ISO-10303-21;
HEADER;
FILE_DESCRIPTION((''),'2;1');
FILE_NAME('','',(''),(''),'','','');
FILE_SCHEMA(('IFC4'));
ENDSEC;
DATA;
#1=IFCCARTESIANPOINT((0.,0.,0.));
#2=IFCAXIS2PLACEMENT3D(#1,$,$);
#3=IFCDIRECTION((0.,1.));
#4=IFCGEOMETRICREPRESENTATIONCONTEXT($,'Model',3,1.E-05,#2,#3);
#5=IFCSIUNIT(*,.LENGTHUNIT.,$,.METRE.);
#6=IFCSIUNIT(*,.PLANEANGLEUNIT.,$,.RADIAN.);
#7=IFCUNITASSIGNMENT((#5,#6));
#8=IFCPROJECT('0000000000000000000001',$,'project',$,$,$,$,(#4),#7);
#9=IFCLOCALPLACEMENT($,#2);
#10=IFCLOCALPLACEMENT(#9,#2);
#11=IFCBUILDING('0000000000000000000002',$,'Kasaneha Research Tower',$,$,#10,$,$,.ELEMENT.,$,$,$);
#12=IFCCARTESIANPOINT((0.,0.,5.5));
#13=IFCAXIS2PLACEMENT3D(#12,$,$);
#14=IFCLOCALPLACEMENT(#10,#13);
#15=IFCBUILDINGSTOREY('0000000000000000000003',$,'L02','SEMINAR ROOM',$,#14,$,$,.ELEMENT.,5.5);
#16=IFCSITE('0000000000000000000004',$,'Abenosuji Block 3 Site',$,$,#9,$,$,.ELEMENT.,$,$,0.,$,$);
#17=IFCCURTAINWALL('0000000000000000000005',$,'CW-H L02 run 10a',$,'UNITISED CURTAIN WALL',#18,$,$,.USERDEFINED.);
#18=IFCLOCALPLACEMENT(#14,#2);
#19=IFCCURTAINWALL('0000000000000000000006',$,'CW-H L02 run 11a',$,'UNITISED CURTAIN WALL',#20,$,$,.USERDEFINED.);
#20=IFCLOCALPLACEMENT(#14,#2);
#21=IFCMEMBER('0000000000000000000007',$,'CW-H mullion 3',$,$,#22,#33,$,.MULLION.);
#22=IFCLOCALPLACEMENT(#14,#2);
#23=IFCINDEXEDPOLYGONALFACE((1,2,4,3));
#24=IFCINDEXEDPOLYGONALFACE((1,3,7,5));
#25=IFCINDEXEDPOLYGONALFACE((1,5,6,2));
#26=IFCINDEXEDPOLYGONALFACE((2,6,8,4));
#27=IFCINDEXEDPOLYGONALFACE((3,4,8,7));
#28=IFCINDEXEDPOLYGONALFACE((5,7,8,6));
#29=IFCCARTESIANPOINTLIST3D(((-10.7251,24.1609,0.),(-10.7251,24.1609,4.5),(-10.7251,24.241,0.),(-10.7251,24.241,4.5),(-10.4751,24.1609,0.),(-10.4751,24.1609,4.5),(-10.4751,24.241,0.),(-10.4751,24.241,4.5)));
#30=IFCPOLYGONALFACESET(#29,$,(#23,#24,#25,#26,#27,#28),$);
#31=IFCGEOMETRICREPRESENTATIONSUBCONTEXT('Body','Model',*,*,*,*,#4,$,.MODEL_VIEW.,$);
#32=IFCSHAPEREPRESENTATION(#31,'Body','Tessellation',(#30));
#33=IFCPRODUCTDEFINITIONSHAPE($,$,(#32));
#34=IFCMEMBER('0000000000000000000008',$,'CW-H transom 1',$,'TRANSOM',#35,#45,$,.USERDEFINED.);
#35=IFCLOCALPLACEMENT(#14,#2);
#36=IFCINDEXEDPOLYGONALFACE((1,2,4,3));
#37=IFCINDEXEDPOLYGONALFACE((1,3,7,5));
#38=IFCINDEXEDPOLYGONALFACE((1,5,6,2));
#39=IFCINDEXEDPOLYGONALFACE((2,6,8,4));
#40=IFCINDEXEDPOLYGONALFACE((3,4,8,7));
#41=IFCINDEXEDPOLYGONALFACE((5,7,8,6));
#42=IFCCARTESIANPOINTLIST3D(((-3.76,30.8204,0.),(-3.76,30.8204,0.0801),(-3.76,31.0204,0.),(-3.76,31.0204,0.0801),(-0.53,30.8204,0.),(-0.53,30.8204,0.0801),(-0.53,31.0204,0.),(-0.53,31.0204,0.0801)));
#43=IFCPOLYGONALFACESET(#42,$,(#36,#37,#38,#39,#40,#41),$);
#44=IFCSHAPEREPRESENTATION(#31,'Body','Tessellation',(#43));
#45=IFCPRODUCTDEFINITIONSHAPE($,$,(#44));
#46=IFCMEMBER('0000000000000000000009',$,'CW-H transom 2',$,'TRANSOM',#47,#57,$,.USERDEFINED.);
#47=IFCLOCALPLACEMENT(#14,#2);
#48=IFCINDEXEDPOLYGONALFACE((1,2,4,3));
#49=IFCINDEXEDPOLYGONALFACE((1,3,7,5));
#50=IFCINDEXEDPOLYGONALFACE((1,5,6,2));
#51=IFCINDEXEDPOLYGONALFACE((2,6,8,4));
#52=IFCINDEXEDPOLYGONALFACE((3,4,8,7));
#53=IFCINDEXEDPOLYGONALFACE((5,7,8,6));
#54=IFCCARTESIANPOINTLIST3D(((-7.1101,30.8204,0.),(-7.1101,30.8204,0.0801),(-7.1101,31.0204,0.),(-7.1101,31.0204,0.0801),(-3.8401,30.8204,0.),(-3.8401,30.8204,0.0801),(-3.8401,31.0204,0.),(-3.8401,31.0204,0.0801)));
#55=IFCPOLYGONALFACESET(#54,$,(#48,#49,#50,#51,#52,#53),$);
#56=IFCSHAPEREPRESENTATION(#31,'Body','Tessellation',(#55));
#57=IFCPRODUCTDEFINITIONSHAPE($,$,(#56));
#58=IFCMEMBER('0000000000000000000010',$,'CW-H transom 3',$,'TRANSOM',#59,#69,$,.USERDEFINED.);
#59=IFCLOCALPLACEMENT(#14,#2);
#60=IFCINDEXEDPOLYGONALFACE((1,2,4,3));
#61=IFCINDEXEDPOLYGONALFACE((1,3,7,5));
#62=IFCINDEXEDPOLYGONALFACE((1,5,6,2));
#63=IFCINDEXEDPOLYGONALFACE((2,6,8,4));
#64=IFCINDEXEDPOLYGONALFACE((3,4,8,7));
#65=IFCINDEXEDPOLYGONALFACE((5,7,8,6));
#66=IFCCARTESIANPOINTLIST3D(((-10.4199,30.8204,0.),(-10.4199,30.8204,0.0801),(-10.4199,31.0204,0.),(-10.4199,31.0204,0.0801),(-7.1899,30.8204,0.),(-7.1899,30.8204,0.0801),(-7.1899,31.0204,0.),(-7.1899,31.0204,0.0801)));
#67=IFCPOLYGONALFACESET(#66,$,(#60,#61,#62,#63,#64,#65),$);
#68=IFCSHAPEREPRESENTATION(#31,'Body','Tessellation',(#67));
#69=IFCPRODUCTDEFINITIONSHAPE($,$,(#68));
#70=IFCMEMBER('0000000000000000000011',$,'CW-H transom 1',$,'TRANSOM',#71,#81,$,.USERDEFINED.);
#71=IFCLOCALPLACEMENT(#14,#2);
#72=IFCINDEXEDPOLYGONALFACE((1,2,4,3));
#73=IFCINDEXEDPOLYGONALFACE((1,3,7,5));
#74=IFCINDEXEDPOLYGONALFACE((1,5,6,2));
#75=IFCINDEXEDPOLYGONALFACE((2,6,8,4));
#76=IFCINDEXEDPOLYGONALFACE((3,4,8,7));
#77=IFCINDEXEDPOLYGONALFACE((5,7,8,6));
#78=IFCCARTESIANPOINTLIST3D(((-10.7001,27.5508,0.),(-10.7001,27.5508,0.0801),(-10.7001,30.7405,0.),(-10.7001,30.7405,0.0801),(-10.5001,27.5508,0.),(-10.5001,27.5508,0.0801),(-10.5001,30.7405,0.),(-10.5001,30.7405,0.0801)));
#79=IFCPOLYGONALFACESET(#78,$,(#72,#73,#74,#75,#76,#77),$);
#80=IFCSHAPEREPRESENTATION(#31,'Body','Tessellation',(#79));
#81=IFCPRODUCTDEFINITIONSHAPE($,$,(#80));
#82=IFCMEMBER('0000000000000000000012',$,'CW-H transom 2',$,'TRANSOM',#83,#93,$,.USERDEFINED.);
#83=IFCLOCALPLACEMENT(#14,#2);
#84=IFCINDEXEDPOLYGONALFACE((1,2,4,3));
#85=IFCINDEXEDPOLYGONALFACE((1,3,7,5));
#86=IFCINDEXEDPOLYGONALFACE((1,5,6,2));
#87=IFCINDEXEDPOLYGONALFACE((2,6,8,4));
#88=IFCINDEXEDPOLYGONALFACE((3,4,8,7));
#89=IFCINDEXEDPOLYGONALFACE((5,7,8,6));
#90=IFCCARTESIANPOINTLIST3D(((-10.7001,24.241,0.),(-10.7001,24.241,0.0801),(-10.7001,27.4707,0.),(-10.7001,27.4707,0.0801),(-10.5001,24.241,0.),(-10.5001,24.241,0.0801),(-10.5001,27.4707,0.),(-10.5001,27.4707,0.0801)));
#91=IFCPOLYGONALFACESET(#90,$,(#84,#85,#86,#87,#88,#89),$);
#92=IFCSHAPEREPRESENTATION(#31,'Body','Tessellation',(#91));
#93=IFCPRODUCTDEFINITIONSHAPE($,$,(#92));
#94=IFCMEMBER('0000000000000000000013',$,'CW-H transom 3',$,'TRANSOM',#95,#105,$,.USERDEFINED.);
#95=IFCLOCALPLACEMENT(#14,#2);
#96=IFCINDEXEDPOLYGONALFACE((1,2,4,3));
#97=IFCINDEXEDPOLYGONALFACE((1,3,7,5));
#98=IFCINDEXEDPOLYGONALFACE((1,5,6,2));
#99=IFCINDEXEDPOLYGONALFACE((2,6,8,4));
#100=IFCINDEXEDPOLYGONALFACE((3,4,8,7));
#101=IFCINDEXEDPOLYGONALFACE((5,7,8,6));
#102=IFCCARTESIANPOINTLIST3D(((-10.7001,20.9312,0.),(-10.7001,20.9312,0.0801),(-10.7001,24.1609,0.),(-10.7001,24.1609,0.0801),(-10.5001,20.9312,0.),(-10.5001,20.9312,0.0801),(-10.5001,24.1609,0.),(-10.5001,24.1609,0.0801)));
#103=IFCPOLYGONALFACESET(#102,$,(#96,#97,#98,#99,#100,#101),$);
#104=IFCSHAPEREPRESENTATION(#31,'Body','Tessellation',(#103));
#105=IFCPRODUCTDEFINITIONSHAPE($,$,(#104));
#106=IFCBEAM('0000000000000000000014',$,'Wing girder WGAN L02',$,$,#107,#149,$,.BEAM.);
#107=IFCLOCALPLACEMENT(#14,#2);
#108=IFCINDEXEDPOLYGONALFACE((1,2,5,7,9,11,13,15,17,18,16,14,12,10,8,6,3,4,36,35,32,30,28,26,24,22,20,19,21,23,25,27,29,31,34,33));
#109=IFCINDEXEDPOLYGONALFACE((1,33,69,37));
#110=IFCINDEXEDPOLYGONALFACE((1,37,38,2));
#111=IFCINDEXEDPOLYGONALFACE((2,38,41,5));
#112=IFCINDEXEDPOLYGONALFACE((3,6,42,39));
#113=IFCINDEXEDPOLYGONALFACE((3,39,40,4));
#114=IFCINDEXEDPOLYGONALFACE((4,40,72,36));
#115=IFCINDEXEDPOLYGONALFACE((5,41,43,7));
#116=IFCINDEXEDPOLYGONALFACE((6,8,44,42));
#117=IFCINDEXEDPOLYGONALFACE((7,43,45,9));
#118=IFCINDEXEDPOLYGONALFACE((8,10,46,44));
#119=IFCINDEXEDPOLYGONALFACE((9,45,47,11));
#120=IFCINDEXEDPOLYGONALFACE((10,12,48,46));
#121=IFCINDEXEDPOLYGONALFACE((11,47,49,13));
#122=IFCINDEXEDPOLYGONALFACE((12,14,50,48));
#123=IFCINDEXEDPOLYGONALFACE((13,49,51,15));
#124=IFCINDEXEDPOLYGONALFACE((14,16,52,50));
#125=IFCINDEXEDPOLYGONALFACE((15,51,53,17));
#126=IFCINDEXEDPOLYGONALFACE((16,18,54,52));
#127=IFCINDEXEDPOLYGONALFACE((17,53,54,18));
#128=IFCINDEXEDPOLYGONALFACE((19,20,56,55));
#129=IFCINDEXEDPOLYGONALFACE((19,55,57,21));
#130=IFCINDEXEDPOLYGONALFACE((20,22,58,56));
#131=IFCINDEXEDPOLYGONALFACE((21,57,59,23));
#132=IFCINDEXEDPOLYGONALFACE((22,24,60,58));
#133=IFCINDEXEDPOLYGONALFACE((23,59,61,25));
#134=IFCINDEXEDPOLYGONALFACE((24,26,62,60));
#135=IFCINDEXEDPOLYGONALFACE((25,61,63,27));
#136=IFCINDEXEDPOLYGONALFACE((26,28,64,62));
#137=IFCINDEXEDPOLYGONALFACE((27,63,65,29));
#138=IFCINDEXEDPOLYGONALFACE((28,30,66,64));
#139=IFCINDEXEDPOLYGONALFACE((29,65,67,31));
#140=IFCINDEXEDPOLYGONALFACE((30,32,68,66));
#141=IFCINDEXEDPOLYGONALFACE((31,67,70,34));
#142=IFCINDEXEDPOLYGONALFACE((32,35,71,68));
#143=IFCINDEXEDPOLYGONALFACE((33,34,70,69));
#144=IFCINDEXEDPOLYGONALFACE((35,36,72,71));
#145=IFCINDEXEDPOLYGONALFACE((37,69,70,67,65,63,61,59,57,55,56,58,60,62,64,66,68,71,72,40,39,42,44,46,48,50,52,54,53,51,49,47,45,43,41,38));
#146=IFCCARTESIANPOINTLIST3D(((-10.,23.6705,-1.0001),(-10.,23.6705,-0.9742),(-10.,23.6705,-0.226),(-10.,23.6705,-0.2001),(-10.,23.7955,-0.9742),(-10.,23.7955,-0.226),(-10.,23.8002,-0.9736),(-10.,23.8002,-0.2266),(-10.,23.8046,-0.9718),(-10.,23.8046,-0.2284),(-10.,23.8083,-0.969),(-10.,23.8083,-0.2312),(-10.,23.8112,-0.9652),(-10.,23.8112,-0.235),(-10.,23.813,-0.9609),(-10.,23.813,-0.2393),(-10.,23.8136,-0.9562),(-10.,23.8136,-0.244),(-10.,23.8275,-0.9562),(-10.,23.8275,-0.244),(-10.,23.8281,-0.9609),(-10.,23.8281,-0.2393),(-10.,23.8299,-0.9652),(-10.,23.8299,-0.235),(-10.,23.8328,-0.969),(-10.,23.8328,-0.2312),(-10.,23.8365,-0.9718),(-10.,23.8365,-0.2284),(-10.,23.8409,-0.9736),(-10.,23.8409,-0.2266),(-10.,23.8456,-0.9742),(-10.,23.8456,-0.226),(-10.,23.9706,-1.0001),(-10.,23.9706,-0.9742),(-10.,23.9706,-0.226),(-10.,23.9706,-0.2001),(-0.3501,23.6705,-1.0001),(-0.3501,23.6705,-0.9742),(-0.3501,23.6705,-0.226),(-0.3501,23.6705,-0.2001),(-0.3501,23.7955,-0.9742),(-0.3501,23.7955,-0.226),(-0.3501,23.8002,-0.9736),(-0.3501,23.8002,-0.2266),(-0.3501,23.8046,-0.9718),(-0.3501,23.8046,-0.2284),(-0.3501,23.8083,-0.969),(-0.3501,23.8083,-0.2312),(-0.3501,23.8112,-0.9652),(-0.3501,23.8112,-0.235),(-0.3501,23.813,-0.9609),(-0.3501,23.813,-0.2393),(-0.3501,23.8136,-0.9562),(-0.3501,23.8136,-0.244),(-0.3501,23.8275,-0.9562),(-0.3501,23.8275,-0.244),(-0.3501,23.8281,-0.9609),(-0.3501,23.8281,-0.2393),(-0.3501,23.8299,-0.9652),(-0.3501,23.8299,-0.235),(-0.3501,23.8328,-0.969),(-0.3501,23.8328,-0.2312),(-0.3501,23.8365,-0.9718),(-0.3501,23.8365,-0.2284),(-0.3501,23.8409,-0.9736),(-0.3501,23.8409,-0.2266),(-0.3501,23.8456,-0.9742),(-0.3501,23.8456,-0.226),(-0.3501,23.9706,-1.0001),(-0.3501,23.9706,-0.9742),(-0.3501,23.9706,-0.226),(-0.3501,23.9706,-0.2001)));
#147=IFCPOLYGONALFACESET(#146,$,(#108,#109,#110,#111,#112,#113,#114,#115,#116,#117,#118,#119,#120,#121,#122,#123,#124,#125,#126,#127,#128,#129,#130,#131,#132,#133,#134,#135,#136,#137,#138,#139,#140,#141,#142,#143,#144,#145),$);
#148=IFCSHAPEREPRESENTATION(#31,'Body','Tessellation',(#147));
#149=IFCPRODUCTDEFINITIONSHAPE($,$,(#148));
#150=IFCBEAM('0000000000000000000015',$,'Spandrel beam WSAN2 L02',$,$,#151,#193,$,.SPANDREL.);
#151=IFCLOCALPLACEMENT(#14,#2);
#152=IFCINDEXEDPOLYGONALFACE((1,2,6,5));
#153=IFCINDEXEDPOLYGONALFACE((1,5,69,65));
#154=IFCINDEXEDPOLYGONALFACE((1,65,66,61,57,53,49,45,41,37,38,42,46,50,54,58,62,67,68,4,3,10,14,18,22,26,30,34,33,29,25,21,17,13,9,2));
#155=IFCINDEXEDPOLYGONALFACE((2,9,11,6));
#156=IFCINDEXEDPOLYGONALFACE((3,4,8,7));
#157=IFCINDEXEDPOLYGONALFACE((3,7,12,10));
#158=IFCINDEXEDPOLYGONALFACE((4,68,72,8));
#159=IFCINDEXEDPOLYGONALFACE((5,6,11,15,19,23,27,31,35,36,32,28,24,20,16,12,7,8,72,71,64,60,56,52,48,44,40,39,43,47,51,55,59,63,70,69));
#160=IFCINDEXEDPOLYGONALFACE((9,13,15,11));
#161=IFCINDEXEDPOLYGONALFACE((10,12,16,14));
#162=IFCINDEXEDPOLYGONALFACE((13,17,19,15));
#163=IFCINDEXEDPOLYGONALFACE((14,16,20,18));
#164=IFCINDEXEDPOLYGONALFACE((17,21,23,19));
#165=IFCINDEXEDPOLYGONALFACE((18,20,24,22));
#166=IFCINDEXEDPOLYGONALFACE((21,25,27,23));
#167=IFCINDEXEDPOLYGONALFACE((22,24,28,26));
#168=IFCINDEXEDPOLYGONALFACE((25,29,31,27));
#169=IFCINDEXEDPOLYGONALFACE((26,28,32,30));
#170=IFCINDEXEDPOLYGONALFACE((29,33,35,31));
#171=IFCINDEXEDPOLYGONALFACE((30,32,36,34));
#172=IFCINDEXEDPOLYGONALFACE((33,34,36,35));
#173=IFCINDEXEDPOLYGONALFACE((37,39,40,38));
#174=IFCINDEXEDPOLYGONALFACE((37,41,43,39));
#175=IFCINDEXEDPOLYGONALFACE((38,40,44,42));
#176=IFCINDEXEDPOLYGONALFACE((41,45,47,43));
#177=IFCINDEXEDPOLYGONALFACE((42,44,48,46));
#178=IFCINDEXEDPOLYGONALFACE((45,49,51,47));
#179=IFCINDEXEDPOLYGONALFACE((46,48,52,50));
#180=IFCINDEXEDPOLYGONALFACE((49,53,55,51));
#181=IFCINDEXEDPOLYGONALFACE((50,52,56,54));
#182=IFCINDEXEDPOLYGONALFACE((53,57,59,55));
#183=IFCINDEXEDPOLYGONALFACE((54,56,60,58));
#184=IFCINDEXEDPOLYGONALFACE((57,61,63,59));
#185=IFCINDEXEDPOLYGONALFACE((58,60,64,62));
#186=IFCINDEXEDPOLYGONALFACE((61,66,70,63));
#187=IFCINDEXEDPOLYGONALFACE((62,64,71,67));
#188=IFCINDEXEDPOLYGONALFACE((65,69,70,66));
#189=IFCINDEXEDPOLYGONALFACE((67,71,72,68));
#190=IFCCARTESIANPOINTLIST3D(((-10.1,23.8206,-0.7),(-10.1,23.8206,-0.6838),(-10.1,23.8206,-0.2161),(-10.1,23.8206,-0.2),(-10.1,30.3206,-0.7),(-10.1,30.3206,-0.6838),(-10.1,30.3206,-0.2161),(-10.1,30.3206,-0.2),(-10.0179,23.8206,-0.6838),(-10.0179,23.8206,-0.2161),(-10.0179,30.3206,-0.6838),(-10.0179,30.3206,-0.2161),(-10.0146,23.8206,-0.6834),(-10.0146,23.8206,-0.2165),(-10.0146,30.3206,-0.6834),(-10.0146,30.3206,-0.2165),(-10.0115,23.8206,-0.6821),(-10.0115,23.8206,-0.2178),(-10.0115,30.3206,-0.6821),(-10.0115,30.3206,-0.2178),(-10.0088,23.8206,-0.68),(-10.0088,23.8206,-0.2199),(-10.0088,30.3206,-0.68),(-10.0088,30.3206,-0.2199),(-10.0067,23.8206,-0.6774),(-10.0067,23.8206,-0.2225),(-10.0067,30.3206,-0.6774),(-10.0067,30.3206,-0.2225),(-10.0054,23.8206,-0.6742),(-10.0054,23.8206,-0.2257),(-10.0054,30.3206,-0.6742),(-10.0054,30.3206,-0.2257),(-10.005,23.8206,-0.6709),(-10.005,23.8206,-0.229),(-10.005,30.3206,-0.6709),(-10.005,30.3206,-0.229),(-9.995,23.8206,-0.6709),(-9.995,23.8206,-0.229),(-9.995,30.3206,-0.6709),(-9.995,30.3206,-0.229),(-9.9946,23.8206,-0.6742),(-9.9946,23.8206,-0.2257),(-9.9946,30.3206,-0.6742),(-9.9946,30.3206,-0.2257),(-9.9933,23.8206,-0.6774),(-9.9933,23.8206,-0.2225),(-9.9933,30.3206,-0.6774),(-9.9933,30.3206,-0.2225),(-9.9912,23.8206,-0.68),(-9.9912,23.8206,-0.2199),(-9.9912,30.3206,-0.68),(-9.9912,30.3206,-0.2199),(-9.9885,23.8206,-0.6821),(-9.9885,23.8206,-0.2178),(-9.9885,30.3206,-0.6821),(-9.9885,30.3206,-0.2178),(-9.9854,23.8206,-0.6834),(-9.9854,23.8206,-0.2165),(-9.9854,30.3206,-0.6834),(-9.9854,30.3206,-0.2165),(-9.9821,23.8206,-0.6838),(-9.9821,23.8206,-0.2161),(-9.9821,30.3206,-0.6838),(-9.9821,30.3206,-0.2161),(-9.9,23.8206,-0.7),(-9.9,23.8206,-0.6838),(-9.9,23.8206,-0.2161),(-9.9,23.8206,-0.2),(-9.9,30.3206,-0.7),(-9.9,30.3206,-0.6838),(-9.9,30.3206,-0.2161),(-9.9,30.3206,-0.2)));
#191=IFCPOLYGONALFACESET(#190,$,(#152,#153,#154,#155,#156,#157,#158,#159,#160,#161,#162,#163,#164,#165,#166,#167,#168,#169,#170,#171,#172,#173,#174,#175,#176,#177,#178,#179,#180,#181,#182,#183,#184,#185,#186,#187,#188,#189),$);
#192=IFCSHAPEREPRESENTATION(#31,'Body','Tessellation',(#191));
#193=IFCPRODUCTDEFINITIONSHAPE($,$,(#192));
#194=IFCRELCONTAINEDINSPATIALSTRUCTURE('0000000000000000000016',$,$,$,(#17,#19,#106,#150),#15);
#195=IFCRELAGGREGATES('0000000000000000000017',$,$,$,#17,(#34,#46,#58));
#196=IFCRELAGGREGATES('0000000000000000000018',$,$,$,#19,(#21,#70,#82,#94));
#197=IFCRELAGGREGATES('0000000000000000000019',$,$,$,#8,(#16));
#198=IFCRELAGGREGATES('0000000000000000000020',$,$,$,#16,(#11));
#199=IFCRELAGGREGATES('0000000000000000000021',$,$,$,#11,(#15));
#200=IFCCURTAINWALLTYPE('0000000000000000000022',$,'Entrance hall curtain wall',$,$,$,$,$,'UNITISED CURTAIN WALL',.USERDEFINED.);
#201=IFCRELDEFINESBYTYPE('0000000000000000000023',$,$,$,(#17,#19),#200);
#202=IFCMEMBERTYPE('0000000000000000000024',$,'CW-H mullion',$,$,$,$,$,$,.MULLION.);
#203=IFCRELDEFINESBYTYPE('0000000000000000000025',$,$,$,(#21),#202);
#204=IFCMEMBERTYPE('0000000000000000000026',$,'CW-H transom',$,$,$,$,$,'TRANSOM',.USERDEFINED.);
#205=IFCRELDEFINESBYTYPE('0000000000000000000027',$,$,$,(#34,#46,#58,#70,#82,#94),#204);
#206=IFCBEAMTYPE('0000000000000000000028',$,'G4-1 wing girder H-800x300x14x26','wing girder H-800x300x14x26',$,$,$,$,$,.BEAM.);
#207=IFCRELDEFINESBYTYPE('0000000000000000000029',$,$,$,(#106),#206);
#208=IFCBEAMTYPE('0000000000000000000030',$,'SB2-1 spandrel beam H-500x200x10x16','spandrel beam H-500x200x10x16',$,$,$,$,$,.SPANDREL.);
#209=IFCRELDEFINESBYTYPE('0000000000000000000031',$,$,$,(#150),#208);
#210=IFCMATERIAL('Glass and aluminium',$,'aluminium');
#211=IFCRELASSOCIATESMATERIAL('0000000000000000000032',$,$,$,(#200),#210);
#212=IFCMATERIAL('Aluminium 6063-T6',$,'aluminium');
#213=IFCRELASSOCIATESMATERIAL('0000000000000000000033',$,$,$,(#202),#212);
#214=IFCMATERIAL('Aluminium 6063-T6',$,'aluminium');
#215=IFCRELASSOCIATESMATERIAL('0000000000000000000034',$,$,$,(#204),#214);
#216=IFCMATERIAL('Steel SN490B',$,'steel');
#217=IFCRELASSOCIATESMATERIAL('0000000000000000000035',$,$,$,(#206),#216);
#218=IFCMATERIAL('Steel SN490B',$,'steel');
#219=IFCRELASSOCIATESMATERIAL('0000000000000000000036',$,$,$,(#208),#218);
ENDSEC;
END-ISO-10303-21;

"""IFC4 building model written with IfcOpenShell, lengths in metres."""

from ifc_helpers import new_model, si_unit, direction, frame, origin, origin_2d, place, context, subcontext, project, spatial, rectangle, i_section, extrude, material, material_profile, profile_set, type_object, element, aggregate, save


model = new_model("IFC4")

# Units and contexts
model_context = context("Model", 3, precision=1e-05, world=origin(), true_north=direction((0.0, 1.0)))
body_context = subcontext(model_context, "Body", "Model", "MODEL_VIEW")
ifc_project = project(units=[si_unit("LENGTHUNIT", "METRE"), si_unit("PLANEANGLEUNIT", "RADIAN")], contexts=[model_context])

# Site, building, storey
site_placement = place(None, origin())
site = spatial("IfcSite", under=ifc_project, at=site_placement, Name="Abenosuji Block 3 Site", CompositionType="ELEMENT", RefElevation=0.0)
building_placement = place(site_placement, origin())
building = spatial("IfcBuilding", under=site, at=building_placement, Name="Kasaneha Research Tower", CompositionType="ELEMENT")
storey_placement = place(building_placement, frame((0.0, 0.0, 5.5)))
storey = spatial("IfcBuildingStorey", under=building, at=storey_placement, Name="L02", Description="SEMINAR ROOM", CompositionType="ELEMENT", Elevation=5.5)

# Curtain walls, member
ifc_material_1 = material(Name="Glass and aluminium", Category="aluminium")
curtain_wall_type = type_object("IfcCurtainWallType", Name="Entrance hall curtain wall", ElementType="UNITISED CURTAIN WALL", PredefinedType="USERDEFINED", material=ifc_material_1)
curtain_wall_1_placement = place(storey_placement, origin())
curtain_wall_1 = element("IfcCurtainWall", 1, at=curtain_wall_1_placement, inside=storey, type_object=curtain_wall_type, Name="CW-H L02 run 10a", ObjectType="UNITISED CURTAIN WALL", PredefinedType="USERDEFINED")
ifc_material_2 = material(Name="Aluminium 6063-T6", Category="aluminium")
ifc_material_profile_1 = material_profile(ifc_material_2, rectangle(XDim=0.0801, YDim=0.25, at=origin_2d()), Name="CW-H mullion 80x250")
ifc_profile_set_1 = profile_set([ifc_material_profile_1], Name="Aluminium 6063-T6")
member_type_1 = type_object("IfcMemberType", Name="CW-H mullion", PredefinedType="MULLION", material=ifc_profile_set_1)
curtain_wall_2_placement = place(storey_placement, origin())
curtain_wall_2 = element("IfcCurtainWall", 2, at=curtain_wall_2_placement, inside=storey, type_object=curtain_wall_type, Name="CW-H L02 run 11a", ObjectType="UNITISED CURTAIN WALL", PredefinedType="USERDEFINED")
member_1_placement = place(storey_placement, frame((-10.6001, 24.2009, 0.0), z_axis=(0.0, 0.0, 1.0), x_axis=(0.0, -1.0, 0.0)))
member_1 = element("IfcMember", 3, at=member_1_placement, type_object=member_type_1, Name="CW-H mullion 3", PredefinedType="MULLION", context=body_context, shape_type="SweptSolid", body=[
    extrude(rectangle(XDim=0.0801, YDim=0.25, at=origin_2d()), origin(), (0.0, 0.0, 1.0), 4.5),
])

# Members
ifc_material_3 = material(Name="Aluminium 6063-T6", Category="aluminium")
ifc_material_profile_2 = material_profile(ifc_material_3, rectangle(XDim=0.2, YDim=0.0801, at=origin_2d()), Name="CW-H transom 200x80")
ifc_profile_set_2 = profile_set([ifc_material_profile_2], Name="Aluminium 6063-T6")
member_type_2 = type_object("IfcMemberType", Name="CW-H transom", ElementType="TRANSOM", PredefinedType="USERDEFINED", material=ifc_profile_set_2)
member_2_placement = place(storey_placement, frame((-0.53, 30.9204, 0.04), z_axis=(-1.0, 0.0, 0.0), x_axis=(0.0, -1.0, 0.0)))
member_2 = element("IfcMember", 4, at=member_2_placement, type_object=member_type_2, Name="CW-H transom 1", ObjectType="TRANSOM", PredefinedType="USERDEFINED", context=body_context, shape_type="SweptSolid", body=[
    extrude(rectangle(XDim=0.2, YDim=0.0801, at=origin_2d()), origin(), (0.0, 0.0, 1.0), 3.23),
])
member_3_placement = place(storey_placement, frame((-3.8401, 30.9204, 0.04), z_axis=(-1.0, 0.0, 0.0), x_axis=(0.0, -1.0, 0.0)))
member_3 = element("IfcMember", 5, at=member_3_placement, type_object=member_type_2, Name="CW-H transom 2", ObjectType="TRANSOM", PredefinedType="USERDEFINED", context=body_context, shape_type="SweptSolid", body=[
    extrude(rectangle(XDim=0.2, YDim=0.0801, at=origin_2d()), origin(), (0.0, 0.0, 1.0), 3.27),
])
member_4_placement = place(storey_placement, frame((-7.1899, 30.9204, 0.04), z_axis=(-1.0, 0.0, 0.0), x_axis=(0.0, -1.0, 0.0)))
member_4 = element("IfcMember", 6, at=member_4_placement, type_object=member_type_2, Name="CW-H transom 3", ObjectType="TRANSOM", PredefinedType="USERDEFINED", context=body_context, shape_type="SweptSolid", body=[
    extrude(rectangle(XDim=0.2, YDim=0.0801, at=origin_2d()), origin(), (0.0, 0.0, 1.0), 3.23),
])
member_5_placement = place(storey_placement, frame((-10.6001, 30.7405, 0.04), z_axis=(0.0, -1.0, 0.0), x_axis=(1.0, 0.0, 0.0)))
member_5 = element("IfcMember", 7, at=member_5_placement, type_object=member_type_2, Name="CW-H transom 1", ObjectType="TRANSOM", PredefinedType="USERDEFINED", context=body_context, shape_type="SweptSolid", body=[
    extrude(rectangle(XDim=0.2, YDim=0.0801, at=origin_2d()), origin(), (0.0, 0.0, 1.0), 3.1897),
])
member_6_placement = place(storey_placement, frame((-10.6001, 27.4707, 0.04), z_axis=(0.0, -1.0, 0.0), x_axis=(1.0, 0.0, 0.0)))
member_6 = element("IfcMember", 8, at=member_6_placement, type_object=member_type_2, Name="CW-H transom 2", ObjectType="TRANSOM", PredefinedType="USERDEFINED", context=body_context, shape_type="SweptSolid", body=[
    extrude(rectangle(XDim=0.2, YDim=0.0801, at=origin_2d()), origin(), (0.0, 0.0, 1.0), 3.2297),
])
member_7_placement = place(storey_placement, frame((-10.6001, 24.1609, 0.04), z_axis=(0.0, -1.0, 0.0), x_axis=(1.0, 0.0, 0.0)))
member_7 = element("IfcMember", 9, at=member_7_placement, type_object=member_type_2, Name="CW-H transom 3", ObjectType="TRANSOM", PredefinedType="USERDEFINED", context=body_context, shape_type="SweptSolid", body=[
    extrude(rectangle(XDim=0.2, YDim=0.0801, at=origin_2d()), origin(), (0.0, 0.0, 1.0), 3.2297),
])

# Beams
ifc_material_4 = material(Name="Steel SN490B", Category="steel")
ifc_material_profile_3 = material_profile(ifc_material_4, i_section(OverallWidth=0.3, OverallDepth=0.8, WebThickness=0.0139, FlangeThickness=0.0259, FilletRadius=0.0181, at=origin_2d()), Name="H-800x300x14x26")
ifc_profile_set_3 = profile_set([ifc_material_profile_3], Name="Steel SN490B")
beam_type_1 = type_object("IfcBeamType", Name="G4-1 wing girder H-800x300x14x26", Description="wing girder H-800x300x14x26", PredefinedType="BEAM", material=ifc_profile_set_3)
beam_1_placement = place(storey_placement, frame((-10.0, 23.8206, -0.6001), z_axis=(1.0, 0.0, 0.0), x_axis=(0.0, 1.0, 0.0)))
element("IfcBeam", 10, at=beam_1_placement, inside=storey, type_object=beam_type_1, Name="Wing girder WGAN L02", PredefinedType="BEAM", context=body_context, shape_type="SweptSolid", body=[
    extrude(i_section(OverallWidth=0.3, OverallDepth=0.8, WebThickness=0.0139, FlangeThickness=0.0259, FilletRadius=0.0181, at=origin_2d()), origin(), (0.0, 0.0, 1.0), 9.6499),
])
ifc_material_5 = material(Name="Steel SN490B", Category="steel")
ifc_material_profile_4 = material_profile(ifc_material_5, i_section(OverallWidth=0.2, OverallDepth=0.5, WebThickness=0.01, FlangeThickness=0.0161, FilletRadius=0.0129, at=origin_2d()), Name="H-500x200x10x16")
ifc_profile_set_4 = profile_set([ifc_material_profile_4], Name="Steel SN490B")
beam_type_2 = type_object("IfcBeamType", Name="SB2-1 spandrel beam H-500x200x10x16", Description="spandrel beam H-500x200x10x16", PredefinedType="SPANDREL", material=ifc_profile_set_4)
beam_2_placement = place(storey_placement, frame((-10.0, 23.8206, -0.45), z_axis=(0.0, 1.0, 0.0), x_axis=(-1.0, 0.0, 0.0)))
element("IfcBeam", 11, at=beam_2_placement, inside=storey, type_object=beam_type_2, Name="Spandrel beam WSAN2 L02", PredefinedType="SPANDREL", context=body_context, shape_type="SweptSolid", body=[
    extrude(i_section(OverallWidth=0.2, OverallDepth=0.5, WebThickness=0.01, FlangeThickness=0.0161, FilletRadius=0.0129, at=origin_2d()), origin(), (0.0, 0.0, 1.0), 6.5),
])

aggregate(curtain_wall_1, [member_2, member_3, member_4])
aggregate(curtain_wall_2, [member_1, member_5, member_6, member_7])

save(model, "model.ifc")
